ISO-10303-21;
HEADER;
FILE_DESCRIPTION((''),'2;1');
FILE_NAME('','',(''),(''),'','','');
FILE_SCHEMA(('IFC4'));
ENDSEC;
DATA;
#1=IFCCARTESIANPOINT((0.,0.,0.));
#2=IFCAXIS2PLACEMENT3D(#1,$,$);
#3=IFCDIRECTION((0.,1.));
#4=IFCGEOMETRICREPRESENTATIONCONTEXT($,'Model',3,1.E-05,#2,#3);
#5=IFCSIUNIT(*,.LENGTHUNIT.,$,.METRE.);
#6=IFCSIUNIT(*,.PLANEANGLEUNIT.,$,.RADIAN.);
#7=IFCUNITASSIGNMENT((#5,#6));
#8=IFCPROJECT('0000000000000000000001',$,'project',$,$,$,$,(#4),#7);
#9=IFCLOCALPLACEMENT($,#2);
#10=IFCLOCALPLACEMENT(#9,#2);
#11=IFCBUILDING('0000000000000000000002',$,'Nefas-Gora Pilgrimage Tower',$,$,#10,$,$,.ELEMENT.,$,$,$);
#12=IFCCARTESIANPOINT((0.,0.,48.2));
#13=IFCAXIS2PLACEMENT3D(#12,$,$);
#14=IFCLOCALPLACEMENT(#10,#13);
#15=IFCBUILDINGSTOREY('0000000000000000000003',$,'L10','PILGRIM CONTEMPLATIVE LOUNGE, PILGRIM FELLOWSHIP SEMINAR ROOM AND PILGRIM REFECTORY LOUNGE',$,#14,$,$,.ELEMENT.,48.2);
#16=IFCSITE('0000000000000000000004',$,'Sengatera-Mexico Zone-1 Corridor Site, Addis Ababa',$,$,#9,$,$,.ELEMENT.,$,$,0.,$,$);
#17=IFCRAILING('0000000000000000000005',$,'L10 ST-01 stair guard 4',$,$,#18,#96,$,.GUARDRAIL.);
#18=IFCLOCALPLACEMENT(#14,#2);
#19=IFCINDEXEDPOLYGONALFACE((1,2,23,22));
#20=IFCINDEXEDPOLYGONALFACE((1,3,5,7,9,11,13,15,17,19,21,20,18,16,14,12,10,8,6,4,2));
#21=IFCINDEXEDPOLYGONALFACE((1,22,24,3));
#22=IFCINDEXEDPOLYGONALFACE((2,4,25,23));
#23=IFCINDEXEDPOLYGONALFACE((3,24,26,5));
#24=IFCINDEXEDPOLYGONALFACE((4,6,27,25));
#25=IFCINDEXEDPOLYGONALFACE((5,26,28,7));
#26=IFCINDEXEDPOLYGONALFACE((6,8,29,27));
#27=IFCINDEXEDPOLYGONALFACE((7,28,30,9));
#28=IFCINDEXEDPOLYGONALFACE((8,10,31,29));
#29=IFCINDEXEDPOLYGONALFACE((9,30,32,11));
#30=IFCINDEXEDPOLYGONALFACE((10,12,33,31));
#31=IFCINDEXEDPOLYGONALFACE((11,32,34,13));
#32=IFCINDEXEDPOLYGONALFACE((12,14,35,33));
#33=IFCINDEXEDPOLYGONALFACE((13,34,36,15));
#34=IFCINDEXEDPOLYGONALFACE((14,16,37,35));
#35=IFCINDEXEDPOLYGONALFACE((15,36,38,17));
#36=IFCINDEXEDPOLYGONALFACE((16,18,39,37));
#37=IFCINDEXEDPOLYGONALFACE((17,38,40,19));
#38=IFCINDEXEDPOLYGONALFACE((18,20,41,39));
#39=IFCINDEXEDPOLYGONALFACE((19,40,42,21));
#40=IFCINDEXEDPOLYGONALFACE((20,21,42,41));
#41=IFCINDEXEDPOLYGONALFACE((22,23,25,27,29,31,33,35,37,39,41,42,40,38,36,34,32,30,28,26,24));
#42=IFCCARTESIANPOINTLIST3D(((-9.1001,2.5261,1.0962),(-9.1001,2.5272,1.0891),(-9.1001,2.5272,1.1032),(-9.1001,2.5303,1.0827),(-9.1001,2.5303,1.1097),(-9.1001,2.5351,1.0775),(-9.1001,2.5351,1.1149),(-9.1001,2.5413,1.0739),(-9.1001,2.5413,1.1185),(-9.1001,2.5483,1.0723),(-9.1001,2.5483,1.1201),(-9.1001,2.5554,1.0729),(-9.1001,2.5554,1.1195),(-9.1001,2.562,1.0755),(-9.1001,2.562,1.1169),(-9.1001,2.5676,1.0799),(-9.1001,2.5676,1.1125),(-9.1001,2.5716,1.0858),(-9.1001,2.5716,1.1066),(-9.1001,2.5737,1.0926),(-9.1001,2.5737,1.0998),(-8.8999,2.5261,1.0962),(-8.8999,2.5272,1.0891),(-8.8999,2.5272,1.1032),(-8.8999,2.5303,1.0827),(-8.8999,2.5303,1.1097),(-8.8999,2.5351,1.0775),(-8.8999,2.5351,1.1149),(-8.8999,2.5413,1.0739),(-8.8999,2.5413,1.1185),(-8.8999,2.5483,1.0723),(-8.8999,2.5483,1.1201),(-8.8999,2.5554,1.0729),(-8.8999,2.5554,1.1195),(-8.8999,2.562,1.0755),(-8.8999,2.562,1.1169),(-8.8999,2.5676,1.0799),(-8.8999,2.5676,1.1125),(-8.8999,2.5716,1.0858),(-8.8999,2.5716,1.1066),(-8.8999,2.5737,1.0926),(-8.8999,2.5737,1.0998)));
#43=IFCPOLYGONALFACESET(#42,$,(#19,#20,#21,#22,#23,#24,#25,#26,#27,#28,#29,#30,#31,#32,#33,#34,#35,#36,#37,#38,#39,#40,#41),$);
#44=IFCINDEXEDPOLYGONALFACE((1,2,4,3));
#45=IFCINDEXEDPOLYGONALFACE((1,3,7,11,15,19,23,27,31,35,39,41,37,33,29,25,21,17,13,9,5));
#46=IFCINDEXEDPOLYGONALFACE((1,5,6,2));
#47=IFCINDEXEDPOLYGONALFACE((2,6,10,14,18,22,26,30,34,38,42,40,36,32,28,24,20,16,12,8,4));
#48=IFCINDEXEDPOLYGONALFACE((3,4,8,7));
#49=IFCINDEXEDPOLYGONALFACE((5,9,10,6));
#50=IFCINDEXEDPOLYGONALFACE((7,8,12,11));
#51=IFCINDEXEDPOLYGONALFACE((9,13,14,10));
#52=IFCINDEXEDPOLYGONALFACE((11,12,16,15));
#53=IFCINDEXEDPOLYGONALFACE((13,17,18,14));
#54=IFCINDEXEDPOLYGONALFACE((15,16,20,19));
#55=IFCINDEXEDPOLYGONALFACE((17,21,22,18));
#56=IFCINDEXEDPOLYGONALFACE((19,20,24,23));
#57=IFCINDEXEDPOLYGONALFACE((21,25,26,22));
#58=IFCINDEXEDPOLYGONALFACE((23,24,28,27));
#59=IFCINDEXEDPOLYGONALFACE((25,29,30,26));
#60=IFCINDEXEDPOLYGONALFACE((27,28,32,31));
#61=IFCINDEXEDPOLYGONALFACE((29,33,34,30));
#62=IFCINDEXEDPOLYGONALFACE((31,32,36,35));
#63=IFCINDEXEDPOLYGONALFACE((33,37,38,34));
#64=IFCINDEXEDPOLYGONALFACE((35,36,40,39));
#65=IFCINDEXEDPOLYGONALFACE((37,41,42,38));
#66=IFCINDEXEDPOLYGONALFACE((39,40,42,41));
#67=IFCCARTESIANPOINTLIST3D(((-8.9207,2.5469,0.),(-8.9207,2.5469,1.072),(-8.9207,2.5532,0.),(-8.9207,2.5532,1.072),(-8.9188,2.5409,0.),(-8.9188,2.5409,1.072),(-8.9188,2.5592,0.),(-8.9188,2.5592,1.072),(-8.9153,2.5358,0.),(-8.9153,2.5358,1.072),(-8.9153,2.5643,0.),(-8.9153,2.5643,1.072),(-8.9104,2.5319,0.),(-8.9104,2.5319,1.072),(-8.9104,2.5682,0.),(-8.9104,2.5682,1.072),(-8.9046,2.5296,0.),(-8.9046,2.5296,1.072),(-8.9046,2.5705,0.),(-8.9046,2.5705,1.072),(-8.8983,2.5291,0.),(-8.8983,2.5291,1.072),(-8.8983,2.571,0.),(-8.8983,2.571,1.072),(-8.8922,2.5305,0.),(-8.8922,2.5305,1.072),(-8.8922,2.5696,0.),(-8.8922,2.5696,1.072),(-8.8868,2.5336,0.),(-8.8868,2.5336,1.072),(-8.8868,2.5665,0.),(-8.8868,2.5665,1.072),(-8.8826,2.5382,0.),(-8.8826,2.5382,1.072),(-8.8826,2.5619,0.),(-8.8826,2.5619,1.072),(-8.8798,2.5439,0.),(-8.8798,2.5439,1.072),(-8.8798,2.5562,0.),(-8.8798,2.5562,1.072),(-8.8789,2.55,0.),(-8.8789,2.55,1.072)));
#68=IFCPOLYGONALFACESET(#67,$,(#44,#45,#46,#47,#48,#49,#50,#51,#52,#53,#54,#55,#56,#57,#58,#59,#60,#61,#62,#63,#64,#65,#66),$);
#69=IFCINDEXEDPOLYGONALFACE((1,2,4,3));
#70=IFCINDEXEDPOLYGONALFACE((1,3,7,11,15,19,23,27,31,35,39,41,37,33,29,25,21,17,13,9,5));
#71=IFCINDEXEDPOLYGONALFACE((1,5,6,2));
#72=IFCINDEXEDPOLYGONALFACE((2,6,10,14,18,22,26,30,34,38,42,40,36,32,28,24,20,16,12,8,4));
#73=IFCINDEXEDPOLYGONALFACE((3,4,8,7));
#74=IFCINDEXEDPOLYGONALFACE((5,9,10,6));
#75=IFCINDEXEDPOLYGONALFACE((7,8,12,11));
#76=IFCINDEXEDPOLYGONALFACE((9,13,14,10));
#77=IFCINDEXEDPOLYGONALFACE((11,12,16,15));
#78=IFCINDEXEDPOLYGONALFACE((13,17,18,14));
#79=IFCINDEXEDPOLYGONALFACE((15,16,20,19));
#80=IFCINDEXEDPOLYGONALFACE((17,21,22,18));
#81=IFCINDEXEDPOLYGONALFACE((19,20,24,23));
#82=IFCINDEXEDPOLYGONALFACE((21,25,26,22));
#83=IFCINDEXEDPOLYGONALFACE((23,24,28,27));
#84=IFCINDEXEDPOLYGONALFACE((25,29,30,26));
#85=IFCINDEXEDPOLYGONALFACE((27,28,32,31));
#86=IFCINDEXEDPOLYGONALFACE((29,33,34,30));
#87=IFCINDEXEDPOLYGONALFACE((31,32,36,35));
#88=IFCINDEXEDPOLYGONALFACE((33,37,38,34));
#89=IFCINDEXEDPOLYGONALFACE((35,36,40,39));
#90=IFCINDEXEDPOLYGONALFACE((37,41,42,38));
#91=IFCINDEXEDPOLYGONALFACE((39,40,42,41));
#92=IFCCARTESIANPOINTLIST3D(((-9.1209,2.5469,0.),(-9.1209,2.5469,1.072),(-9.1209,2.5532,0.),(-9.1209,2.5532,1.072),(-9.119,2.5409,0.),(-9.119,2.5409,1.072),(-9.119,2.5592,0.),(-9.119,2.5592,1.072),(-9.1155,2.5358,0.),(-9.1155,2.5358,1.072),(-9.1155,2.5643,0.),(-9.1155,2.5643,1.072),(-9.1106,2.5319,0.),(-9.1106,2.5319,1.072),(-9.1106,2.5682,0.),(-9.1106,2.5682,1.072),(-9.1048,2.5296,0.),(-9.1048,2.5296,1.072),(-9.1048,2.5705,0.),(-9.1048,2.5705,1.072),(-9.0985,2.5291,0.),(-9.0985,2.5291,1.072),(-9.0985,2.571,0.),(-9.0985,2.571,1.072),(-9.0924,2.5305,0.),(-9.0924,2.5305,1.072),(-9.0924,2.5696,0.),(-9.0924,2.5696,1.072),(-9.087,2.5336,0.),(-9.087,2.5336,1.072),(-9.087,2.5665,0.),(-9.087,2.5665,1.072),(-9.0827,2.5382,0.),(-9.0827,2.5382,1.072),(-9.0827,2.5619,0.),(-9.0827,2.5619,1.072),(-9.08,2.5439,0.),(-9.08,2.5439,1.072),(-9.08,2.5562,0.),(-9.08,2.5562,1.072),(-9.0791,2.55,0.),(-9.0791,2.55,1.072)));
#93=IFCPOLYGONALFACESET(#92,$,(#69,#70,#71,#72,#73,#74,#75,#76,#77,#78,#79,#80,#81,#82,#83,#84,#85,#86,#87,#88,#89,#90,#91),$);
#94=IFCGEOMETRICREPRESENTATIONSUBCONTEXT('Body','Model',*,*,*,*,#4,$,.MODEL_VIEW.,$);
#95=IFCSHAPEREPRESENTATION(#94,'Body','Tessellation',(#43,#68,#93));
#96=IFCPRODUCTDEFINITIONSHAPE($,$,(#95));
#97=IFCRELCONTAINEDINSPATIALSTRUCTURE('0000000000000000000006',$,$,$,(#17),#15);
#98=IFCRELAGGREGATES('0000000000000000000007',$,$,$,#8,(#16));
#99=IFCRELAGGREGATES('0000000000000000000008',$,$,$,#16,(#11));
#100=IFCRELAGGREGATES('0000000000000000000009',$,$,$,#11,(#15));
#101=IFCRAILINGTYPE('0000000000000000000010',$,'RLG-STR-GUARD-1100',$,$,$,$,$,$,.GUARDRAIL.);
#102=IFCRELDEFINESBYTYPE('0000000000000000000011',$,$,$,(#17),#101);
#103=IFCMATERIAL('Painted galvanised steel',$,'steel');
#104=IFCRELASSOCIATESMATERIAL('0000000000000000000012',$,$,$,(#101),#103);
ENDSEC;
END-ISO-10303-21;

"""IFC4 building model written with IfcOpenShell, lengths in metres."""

from ifc_helpers import new_model, si_unit, direction, frame, origin, origin_2d, place, context, subcontext, project, spatial, circle, extrude, material, type_object, element, save


model = new_model("IFC4")

# Units and contexts
model_context = context("Model", 3, precision=1e-05, world=origin(), true_north=direction((0.0, 1.0)))
body_context = subcontext(model_context, "Body", "Model", "MODEL_VIEW")
ifc_project = project(units=[si_unit("LENGTHUNIT", "METRE"), si_unit("PLANEANGLEUNIT", "RADIAN")], contexts=[model_context])

# Site, building, storey
site_placement = place(None, origin())
site = spatial("IfcSite", under=ifc_project, at=site_placement, Name="Sengatera-Mexico Zone-1 Corridor Site, Addis Ababa", CompositionType="ELEMENT", RefElevation=0.0)
building_placement = place(site_placement, origin())
building = spatial("IfcBuilding", under=site, at=building_placement, Name="Nefas-Gora Pilgrimage Tower", CompositionType="ELEMENT")
storey_placement = place(building_placement, frame((0.0, 0.0, 48.2)))
storey = spatial("IfcBuildingStorey", under=building, at=storey_placement, Name="L10", Description="PILGRIM CONTEMPLATIVE LOUNGE, PILGRIM FELLOWSHIP SEMINAR ROOM AND PILGRIM REFECTORY LOUNGE", CompositionType="ELEMENT", Elevation=48.2)

# Railing
ifc_material_1 = material(Name="Painted galvanised steel", Category="steel")
railing_type_1 = type_object("IfcRailingType", Name="RLG-STR-GUARD-1100", PredefinedType="GUARDRAIL", material=ifc_material_1)
railing_1_placement = place(storey_placement, frame((-8.8999, 2.55, 0.0)))
element("IfcRailing", 1, at=railing_1_placement, inside=storey, type_object=railing_type_1, Name="L10 ST-01 stair guard 4", PredefinedType="GUARDRAIL", context=body_context, shape_type="SweptSolid", body=[
    extrude(circle(Radius=0.0239, at=origin_2d()), frame((0.0, 0.0, 1.0962), z_axis=(-1.0, 0.0, 0.0), x_axis=(0.0, -1.0, 0.0)), (0.0, 0.0, 1.0), 0.2002),
    extrude(circle(Radius=0.021, at=origin_2d()), origin(), (0.0, 0.0, 1.0), 1.072),
    extrude(circle(Radius=0.021, at=origin_2d()), frame((-0.2002, 0.0, 0.0)), (0.0, 0.0, 1.0), 1.072),
])

save(model, "model.ifc")
